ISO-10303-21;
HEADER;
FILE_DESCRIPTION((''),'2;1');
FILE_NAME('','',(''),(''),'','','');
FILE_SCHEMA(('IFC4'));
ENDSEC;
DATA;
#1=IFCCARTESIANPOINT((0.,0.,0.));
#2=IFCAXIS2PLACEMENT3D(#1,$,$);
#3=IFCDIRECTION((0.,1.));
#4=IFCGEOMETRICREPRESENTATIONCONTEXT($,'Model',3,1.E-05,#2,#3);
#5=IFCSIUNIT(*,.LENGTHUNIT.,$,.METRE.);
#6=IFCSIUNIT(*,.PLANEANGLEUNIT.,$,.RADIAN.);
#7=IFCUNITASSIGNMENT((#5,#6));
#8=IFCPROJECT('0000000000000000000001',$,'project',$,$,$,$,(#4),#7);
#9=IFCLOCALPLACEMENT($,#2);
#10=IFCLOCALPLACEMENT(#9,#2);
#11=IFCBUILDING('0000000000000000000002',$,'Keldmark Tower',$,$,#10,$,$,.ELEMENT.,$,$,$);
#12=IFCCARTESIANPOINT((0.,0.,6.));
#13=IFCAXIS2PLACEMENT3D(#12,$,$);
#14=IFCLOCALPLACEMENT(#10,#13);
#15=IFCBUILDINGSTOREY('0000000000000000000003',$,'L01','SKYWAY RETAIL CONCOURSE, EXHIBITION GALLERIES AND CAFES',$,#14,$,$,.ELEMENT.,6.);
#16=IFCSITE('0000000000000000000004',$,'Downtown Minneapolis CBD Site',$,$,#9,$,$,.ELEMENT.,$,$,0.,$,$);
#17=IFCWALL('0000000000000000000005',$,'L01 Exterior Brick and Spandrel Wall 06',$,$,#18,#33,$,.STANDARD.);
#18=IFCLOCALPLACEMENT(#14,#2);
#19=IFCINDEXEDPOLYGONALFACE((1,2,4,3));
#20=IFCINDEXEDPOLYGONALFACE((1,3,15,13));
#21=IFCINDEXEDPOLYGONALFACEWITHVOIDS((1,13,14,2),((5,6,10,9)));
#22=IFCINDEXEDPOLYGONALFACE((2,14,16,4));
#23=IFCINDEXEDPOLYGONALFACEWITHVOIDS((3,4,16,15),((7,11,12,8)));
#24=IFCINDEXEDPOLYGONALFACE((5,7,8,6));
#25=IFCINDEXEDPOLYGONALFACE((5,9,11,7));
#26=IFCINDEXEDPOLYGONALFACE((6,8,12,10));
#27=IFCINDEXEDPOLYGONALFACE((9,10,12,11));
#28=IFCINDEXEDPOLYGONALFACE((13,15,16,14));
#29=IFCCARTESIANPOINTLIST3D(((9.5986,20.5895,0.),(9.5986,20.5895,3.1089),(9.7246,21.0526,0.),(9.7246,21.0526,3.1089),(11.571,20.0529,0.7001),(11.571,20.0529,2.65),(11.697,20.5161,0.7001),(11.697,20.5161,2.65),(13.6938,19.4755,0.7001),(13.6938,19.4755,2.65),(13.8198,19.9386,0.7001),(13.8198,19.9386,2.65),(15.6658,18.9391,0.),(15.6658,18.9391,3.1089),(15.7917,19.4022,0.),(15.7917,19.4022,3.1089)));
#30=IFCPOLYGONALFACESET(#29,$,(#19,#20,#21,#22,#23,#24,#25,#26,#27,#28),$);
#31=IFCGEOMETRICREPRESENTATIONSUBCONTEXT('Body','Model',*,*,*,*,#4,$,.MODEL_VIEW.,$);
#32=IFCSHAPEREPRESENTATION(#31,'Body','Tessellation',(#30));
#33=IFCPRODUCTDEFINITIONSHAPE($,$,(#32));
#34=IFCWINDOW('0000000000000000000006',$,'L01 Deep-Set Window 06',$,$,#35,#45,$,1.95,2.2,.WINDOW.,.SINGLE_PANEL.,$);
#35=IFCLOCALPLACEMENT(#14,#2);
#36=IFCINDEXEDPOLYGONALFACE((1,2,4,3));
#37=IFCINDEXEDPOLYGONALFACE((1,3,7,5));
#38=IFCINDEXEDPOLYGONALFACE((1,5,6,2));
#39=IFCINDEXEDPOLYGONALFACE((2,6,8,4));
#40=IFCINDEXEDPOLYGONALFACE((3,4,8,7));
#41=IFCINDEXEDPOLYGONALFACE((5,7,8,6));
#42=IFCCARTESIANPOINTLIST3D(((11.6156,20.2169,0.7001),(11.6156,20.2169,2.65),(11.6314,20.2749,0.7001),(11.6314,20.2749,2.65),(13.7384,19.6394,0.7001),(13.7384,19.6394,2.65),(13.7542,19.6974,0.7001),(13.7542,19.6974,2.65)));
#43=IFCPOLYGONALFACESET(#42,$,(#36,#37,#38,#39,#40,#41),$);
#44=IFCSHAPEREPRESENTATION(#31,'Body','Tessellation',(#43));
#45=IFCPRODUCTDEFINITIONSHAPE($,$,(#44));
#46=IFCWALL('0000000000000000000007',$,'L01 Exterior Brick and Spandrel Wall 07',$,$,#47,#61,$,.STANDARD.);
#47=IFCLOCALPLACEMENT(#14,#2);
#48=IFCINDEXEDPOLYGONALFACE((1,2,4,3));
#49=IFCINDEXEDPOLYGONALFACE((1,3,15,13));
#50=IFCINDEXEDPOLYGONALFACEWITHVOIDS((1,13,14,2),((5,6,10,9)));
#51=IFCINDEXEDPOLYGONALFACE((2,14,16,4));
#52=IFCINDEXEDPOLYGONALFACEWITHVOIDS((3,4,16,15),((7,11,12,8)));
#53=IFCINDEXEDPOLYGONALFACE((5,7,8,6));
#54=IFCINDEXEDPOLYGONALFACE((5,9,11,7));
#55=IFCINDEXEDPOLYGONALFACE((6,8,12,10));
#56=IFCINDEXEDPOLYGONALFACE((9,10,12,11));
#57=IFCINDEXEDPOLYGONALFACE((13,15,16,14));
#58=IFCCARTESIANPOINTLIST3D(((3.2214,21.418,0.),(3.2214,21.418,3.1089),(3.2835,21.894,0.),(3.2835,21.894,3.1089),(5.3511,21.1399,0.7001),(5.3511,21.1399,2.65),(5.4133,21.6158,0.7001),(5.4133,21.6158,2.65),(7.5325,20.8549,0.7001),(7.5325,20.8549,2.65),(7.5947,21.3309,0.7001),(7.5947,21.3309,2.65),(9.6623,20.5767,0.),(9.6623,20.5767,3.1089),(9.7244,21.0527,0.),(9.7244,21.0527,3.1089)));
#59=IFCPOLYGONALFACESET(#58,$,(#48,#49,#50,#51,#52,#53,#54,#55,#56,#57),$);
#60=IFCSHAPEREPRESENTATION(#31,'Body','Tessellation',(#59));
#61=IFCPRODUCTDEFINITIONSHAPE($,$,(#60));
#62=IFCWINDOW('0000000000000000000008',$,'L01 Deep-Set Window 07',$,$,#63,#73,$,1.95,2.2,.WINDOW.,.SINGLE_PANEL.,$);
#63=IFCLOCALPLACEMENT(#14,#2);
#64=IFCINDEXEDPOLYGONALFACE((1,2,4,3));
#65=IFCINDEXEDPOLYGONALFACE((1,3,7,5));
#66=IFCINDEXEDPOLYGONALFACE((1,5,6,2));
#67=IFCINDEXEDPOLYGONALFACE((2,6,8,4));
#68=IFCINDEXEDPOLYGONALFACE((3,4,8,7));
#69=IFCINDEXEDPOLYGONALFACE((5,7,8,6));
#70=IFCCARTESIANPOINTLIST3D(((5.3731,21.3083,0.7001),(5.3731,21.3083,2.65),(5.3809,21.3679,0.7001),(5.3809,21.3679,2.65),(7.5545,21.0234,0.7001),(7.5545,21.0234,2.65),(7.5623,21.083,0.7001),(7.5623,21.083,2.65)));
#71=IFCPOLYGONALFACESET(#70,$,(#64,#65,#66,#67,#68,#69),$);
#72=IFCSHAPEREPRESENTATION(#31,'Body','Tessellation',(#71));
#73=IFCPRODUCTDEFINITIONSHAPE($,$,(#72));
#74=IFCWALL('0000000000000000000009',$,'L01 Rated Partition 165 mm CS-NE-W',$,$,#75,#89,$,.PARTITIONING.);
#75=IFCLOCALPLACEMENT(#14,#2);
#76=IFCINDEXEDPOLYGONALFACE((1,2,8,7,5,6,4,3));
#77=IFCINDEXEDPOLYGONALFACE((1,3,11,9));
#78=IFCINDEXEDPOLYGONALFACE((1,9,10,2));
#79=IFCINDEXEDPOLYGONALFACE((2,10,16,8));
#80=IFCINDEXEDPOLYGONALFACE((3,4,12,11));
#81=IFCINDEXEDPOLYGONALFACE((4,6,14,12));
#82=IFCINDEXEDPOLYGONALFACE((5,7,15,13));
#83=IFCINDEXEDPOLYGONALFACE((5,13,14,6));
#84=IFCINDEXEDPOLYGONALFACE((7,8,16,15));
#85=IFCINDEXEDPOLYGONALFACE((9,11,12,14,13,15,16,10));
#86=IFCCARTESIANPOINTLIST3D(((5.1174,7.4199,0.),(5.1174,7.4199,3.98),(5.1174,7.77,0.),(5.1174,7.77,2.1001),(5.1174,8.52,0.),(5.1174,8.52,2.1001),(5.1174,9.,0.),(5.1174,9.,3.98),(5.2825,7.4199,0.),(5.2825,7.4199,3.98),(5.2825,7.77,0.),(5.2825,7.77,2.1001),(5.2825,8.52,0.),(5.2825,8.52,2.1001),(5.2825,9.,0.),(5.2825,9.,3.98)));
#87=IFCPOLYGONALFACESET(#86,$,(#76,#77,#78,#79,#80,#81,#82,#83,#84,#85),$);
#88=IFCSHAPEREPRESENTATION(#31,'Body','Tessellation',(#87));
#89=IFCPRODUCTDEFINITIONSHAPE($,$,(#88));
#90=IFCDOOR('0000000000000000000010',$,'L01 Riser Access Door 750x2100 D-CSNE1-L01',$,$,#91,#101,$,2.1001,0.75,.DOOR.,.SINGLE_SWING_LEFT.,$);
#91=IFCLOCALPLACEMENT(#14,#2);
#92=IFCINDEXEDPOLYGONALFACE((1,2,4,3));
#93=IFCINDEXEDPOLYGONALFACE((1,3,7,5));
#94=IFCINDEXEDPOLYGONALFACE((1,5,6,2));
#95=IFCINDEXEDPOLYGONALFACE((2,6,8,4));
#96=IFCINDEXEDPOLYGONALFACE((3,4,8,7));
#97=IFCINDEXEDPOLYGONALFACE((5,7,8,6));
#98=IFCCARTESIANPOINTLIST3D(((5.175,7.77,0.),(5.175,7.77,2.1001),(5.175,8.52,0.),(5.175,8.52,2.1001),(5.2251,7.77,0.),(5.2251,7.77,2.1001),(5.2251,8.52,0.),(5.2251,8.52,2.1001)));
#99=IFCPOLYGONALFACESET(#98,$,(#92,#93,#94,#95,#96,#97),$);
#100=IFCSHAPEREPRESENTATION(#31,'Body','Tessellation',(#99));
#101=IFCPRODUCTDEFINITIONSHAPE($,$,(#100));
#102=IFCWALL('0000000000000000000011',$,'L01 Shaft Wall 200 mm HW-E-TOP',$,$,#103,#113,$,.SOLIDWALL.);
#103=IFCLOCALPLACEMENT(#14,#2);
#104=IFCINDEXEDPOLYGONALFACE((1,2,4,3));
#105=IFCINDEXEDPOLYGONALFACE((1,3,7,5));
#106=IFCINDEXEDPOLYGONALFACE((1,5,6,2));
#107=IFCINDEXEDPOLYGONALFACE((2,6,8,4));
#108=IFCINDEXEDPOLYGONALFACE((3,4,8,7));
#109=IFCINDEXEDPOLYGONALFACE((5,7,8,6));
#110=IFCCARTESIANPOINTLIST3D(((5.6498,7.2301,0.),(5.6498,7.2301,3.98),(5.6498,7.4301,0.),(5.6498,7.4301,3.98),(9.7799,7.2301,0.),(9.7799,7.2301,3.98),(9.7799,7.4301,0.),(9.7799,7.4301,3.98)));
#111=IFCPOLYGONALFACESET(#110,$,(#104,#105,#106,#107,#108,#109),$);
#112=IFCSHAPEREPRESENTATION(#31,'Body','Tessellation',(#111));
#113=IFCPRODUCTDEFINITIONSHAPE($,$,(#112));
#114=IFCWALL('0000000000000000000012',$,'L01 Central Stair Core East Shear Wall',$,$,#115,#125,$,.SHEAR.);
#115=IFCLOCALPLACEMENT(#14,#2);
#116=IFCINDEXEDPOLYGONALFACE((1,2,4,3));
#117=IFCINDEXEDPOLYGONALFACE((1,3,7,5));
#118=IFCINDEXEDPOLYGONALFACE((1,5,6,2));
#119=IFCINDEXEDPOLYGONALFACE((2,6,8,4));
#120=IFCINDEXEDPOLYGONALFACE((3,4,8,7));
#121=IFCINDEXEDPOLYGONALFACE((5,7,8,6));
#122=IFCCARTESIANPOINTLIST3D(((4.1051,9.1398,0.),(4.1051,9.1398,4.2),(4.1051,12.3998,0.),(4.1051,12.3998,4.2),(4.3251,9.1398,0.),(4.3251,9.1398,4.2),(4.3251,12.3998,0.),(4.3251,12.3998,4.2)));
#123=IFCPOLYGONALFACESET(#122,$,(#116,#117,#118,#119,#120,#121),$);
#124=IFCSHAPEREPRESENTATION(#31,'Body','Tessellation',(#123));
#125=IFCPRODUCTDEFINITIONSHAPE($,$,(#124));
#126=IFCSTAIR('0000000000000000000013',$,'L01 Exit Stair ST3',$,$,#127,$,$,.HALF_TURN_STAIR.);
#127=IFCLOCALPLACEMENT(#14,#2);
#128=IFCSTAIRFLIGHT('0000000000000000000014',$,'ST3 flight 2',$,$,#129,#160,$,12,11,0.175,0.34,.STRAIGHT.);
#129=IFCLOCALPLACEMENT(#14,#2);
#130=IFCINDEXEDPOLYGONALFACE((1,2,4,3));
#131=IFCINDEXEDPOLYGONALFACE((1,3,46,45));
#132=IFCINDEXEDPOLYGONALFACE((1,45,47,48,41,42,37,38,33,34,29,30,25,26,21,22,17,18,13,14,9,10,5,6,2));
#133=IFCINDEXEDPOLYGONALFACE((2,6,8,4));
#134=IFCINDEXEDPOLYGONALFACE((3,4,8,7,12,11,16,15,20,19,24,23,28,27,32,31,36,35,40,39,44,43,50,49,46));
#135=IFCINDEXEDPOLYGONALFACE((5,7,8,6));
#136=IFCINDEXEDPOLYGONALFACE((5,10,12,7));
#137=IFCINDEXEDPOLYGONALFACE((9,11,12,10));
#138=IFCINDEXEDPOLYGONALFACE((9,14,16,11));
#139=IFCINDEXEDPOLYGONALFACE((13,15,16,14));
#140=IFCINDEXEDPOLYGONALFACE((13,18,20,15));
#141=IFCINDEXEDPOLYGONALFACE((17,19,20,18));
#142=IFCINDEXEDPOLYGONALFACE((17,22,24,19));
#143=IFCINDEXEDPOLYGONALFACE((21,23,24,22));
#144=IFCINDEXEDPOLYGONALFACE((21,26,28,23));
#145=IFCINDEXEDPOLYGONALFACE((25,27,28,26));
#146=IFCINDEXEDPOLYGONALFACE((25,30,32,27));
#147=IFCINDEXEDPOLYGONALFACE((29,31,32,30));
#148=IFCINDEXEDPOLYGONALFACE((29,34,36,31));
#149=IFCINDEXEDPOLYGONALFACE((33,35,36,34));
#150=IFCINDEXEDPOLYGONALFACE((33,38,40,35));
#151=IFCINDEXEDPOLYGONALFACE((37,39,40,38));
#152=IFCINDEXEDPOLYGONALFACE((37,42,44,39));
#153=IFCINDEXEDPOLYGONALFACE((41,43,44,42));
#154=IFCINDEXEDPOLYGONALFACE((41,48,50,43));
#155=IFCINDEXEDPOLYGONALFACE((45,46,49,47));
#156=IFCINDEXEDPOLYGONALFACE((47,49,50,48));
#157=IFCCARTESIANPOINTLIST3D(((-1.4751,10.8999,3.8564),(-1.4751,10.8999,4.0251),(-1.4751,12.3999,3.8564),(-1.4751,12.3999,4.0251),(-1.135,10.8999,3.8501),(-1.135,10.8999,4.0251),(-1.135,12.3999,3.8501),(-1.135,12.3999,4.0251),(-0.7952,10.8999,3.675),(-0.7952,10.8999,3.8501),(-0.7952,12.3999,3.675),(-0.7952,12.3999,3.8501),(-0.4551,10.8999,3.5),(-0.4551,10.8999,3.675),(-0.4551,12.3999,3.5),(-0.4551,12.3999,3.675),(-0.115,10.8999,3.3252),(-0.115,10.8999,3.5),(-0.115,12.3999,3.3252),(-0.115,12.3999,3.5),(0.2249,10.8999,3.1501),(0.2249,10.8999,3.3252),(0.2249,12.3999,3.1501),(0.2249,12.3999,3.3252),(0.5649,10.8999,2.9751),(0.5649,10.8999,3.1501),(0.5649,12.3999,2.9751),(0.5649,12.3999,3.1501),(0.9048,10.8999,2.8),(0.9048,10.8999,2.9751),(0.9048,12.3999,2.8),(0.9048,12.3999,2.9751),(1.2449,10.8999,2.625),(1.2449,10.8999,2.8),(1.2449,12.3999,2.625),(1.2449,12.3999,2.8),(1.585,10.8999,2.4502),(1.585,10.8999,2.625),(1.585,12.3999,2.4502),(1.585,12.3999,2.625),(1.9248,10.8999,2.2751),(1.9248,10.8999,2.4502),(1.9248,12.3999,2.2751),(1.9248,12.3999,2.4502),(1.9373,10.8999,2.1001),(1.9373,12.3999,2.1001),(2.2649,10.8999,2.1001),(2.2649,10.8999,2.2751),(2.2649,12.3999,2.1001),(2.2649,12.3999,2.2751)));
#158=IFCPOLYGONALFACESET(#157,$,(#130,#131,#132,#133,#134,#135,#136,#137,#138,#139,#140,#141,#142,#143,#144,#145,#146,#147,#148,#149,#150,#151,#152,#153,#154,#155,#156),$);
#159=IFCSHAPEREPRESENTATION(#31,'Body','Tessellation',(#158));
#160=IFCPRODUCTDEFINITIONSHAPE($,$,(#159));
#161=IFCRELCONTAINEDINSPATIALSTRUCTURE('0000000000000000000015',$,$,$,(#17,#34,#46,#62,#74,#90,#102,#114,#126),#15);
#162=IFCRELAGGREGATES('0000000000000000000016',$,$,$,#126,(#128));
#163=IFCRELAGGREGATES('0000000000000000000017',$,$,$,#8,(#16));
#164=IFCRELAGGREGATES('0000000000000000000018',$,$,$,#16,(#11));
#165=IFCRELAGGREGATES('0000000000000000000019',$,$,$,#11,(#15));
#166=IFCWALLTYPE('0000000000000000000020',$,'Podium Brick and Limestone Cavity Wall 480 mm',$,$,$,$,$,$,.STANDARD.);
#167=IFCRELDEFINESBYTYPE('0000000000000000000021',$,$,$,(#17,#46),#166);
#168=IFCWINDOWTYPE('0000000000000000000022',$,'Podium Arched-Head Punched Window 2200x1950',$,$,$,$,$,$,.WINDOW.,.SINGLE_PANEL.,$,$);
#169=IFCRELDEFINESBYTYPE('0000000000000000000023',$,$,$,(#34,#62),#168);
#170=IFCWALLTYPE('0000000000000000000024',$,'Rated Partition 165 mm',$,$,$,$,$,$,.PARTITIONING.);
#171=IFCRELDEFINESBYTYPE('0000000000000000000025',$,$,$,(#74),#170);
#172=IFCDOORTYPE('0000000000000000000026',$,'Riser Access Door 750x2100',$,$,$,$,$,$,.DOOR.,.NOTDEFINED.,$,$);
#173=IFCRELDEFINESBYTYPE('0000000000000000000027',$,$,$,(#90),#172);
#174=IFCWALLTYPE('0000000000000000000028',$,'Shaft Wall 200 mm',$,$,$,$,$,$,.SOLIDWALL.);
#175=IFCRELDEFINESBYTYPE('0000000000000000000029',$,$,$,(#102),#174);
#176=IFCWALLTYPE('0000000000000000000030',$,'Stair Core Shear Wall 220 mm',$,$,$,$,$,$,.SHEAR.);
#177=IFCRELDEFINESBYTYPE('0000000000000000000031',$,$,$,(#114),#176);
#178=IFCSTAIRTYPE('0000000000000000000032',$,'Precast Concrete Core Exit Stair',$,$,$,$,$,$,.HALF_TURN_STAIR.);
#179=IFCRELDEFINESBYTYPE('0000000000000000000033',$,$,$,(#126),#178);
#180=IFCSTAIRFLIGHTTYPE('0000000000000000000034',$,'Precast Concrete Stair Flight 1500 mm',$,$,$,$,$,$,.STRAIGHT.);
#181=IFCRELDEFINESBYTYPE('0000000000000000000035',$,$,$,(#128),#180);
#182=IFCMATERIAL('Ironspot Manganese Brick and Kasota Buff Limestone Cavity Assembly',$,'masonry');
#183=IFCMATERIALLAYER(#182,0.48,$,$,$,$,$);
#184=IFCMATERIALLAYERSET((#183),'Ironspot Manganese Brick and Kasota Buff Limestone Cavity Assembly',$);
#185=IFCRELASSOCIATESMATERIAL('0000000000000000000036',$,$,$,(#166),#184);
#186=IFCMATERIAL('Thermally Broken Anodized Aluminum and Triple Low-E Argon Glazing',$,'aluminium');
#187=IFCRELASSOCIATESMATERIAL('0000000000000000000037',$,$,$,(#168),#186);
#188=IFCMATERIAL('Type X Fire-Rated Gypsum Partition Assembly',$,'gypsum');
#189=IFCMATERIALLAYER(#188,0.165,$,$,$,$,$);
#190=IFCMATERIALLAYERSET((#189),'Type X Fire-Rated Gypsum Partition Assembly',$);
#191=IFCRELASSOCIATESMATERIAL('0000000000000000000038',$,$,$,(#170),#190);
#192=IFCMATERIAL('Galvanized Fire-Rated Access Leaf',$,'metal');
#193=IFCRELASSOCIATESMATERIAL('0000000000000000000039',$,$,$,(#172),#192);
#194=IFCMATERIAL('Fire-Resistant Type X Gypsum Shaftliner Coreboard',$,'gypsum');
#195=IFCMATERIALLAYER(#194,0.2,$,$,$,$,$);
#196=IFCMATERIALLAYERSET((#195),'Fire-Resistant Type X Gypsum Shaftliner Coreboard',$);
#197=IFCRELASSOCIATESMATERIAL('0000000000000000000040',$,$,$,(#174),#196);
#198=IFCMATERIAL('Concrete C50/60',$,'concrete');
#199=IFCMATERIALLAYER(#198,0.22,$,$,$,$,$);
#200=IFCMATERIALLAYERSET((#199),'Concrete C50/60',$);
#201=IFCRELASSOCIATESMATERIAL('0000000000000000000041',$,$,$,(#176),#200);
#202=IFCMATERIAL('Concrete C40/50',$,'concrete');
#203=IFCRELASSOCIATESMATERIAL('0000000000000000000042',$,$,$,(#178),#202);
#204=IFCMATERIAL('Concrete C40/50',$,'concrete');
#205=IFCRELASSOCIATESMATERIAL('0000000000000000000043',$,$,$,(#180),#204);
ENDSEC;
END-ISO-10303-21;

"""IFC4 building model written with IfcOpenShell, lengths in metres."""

from ifc_helpers import new_model, si_unit, direction, frame, frame_2d, origin, place, context, subcontext, project, spatial, polyline, rectangle, outline, extrude, material, layer, layer_set, type_object, element, fill, aggregate, save


model = new_model("IFC4")

# Units and contexts
model_context = context("Model", 3, precision=1e-05, world=origin(), true_north=direction((0.0, 1.0)))
body_context = subcontext(model_context, "Body", "Model", "MODEL_VIEW")
ifc_project = project(units=[si_unit("LENGTHUNIT", "METRE"), si_unit("PLANEANGLEUNIT", "RADIAN")], contexts=[model_context])

# Site, building, storey
site_placement = place(None, origin())
site = spatial("IfcSite", under=ifc_project, at=site_placement, Name="Downtown Minneapolis CBD Site", CompositionType="ELEMENT", RefElevation=0.0)
building_placement = place(site_placement, origin())
building = spatial("IfcBuilding", under=site, at=building_placement, Name="Keldmark Tower", CompositionType="ELEMENT")
storey_placement = place(building_placement, frame((0.0, 0.0, 6.0)))
storey = spatial("IfcBuildingStorey", under=building, at=storey_placement, Name="L01", Description="SKYWAY RETAIL CONCOURSE, EXHIBITION GALLERIES AND CAFES", CompositionType="ELEMENT", Elevation=6.0)

# Walls, openings, windows
ifc_material_1 = material(Name="Ironspot Manganese Brick and Kasota Buff Limestone Cavity Assembly", Category="masonry")
ifc_layer_1 = layer(ifc_material_1, 0.48)
ifc_layer_set_1 = layer_set([ifc_layer_1], Name="Ironspot Manganese Brick and Kasota Buff Limestone Cavity Assembly")
wall_type_1 = type_object("IfcWallType", Name="Podium Brick and Limestone Cavity Wall 480 mm", PredefinedType="STANDARD", material=ifc_layer_set_1)
wall_1_placement = place(storey_placement, frame((9.6616, 20.821, 0.0), z_axis=(0.0, 0.0, 1.0), x_axis=(0.964937, -0.262483, 0.0)))
wall_1 = element("IfcWall", 1, at=wall_1_placement, inside=storey, type_object=wall_type_1, Name="L01 Exterior Brick and Spandrel Wall 06", PredefinedType="STANDARD", context=body_context, shape_type="SweptSolid", body=[
    extrude(rectangle(XDim=6.2876, YDim=0.48, at=frame_2d((3.1438, 0.0))), origin(), (0.0, 0.0, 1.0), 3.1089),
])
opening_1_placement = place(wall_1_placement, frame((2.0439, 0.0, 0.7)))
opening_1 = element("IfcOpeningElement", 2, at=opening_1_placement, cuts=wall_1, PredefinedType="OPENING", context=body_context, shape_type="SweptSolid", body=[
    extrude(rectangle(XDim=2.2, YDim=1.95, at=frame_2d((1.1001, 0.9751))), frame((0.0, 0.25, 0.0), z_axis=(0.0, -1.0, 0.0), x_axis=(1.0, 0.0, 0.0)), (0.0, 0.0, 1.0), 0.5),
])
ifc_material_2 = material(Name="Thermally Broken Anodized Aluminum and Triple Low-E Argon Glazing", Category="aluminium")
window_type = type_object("IfcWindowType", Name="Podium Arched-Head Punched Window 2200x1950", PartitioningType="SINGLE_PANEL", PredefinedType="WINDOW", material=ifc_material_2)
window_1_placement = place(opening_1_placement, origin())
window_1 = element("IfcWindow", 3, at=window_1_placement, inside=storey, type_object=window_type, Name="L01 Deep-Set Window 06", OverallHeight=1.95, OverallWidth=2.2, PartitioningType="SINGLE_PANEL", PredefinedType="WINDOW", context=body_context, shape_type="SweptSolid", body=[
    extrude(rectangle(XDim=2.2, YDim=1.95, at=frame_2d((1.1001, 0.9751))), frame((0.0, -0.01, 0.0), z_axis=(0.0, -1.0, 0.0), x_axis=(1.0, 0.0, 0.0)), (0.0, 0.0, 1.0), 0.0601),
])
fill(opening_1, window_1)
wall_2_placement = place(storey_placement, frame((3.2524, 21.656, 0.0), z_axis=(0.0, 0.0, 1.0), x_axis=(0.991577, -0.129519, 0.0)))
wall_2 = element("IfcWall", 4, at=wall_2_placement, inside=storey, type_object=wall_type_1, Name="L01 Exterior Brick and Spandrel Wall 07", PredefinedType="STANDARD", context=body_context, shape_type="SweptSolid", body=[
    extrude(rectangle(XDim=6.4956, YDim=0.48, at=frame_2d((3.2478, 0.0))), origin(), (0.0, 0.0, 1.0), 3.1089),
])
opening_2_placement = place(wall_2_placement, frame((2.1477, 0.0, 0.7)))
opening_2 = element("IfcOpeningElement", 5, at=opening_2_placement, cuts=wall_2, PredefinedType="OPENING", context=body_context, shape_type="SweptSolid", body=[
    extrude(rectangle(XDim=2.2, YDim=1.95, at=frame_2d((1.1001, 0.9751))), frame((0.0, 0.25, 0.0), z_axis=(0.0, -1.0, 0.0), x_axis=(1.0, 0.0, 0.0)), (0.0, 0.0, 1.0), 0.5),
])
window_2_placement = place(opening_2_placement, origin())
window_2 = element("IfcWindow", 6, at=window_2_placement, inside=storey, type_object=window_type, Name="L01 Deep-Set Window 07", OverallHeight=1.95, OverallWidth=2.2, PartitioningType="SINGLE_PANEL", PredefinedType="WINDOW", context=body_context, shape_type="SweptSolid", body=[
    extrude(rectangle(XDim=2.2, YDim=1.95, at=frame_2d((1.1001, 0.9751))), frame((0.0, -0.01, 0.0), z_axis=(0.0, -1.0, 0.0), x_axis=(1.0, 0.0, 0.0)), (0.0, 0.0, 1.0), 0.0601),
])
fill(opening_2, window_2)

# Wall, opening, door
ifc_material_3 = material(Name="Type X Fire-Rated Gypsum Partition Assembly", Category="gypsum")
ifc_layer_2 = layer(ifc_material_3, 0.165)
ifc_layer_set_2 = layer_set([ifc_layer_2], Name="Type X Fire-Rated Gypsum Partition Assembly")
wall_type_2 = type_object("IfcWallType", Name="Rated Partition 165 mm", PredefinedType="PARTITIONING", material=ifc_layer_set_2)
wall_3_placement = place(storey_placement, frame((5.2, 7.4199, 0.0), z_axis=(0.0, 0.0, 1.0), x_axis=(0.0, 1.0, 0.0)))
wall_3 = element("IfcWall", 7, at=wall_3_placement, inside=storey, type_object=wall_type_2, Name="L01 Rated Partition 165 mm CS-NE-W", PredefinedType="PARTITIONING", context=body_context, shape_type="SweptSolid", body=[
    extrude(rectangle(XDim=1.5801, YDim=0.165, at=frame_2d((0.79, 0.0))), origin(), (0.0, 0.0, 1.0), 3.98),
])
opening_3_placement = place(wall_3_placement, frame((0.3501, 0.0, 0.0)))
opening_3 = element("IfcOpeningElement", 8, at=opening_3_placement, cuts=wall_3, PredefinedType="OPENING", context=body_context, shape_type="SweptSolid", body=[
    extrude(rectangle(XDim=0.75, YDim=2.1001, at=frame_2d((0.375, 1.05))), frame((0.0, 0.0925, 0.0), z_axis=(0.0, -1.0, 0.0), x_axis=(1.0, 0.0, 0.0)), (0.0, 0.0, 1.0), 0.1851),
])
ifc_material_4 = material(Name="Galvanized Fire-Rated Access Leaf", Category="metal")
door_type = type_object("IfcDoorType", Name="Riser Access Door 750x2100", OperationType="NOTDEFINED", PredefinedType="DOOR", material=ifc_material_4)
door_placement = place(opening_3_placement, origin())
door = element("IfcDoor", 9, at=door_placement, inside=storey, type_object=door_type, Name="L01 Riser Access Door 750x2100 D-CSNE1-L01", OperationType="SINGLE_SWING_LEFT", OverallHeight=2.1001, OverallWidth=0.75, PredefinedType="DOOR", context=body_context, shape_type="SweptSolid", body=[
    extrude(rectangle(XDim=0.75, YDim=2.1001, at=frame_2d((0.375, 1.05))), frame((0.0, 0.0249, 0.0), z_axis=(0.0, -1.0, 0.0), x_axis=(1.0, 0.0, 0.0)), (0.0, 0.0, 1.0), 0.05),
])
fill(opening_3, door)

# Walls
ifc_material_5 = material(Name="Fire-Resistant Type X Gypsum Shaftliner Coreboard", Category="gypsum")
ifc_layer_3 = layer(ifc_material_5, 0.2)
ifc_layer_set_3 = layer_set([ifc_layer_3], Name="Fire-Resistant Type X Gypsum Shaftliner Coreboard")
wall_type_3 = type_object("IfcWallType", Name="Shaft Wall 200 mm", PredefinedType="SOLIDWALL", material=ifc_layer_set_3)
wall_4_placement = place(storey_placement, frame((5.6499, 7.3301, 0.0), z_axis=(0.0, 0.0, 1.0), x_axis=(1.0, 0.0, 0.0)))
element("IfcWall", 10, at=wall_4_placement, inside=storey, type_object=wall_type_3, Name="L01 Shaft Wall 200 mm HW-E-TOP", PredefinedType="SOLIDWALL", context=body_context, shape_type="SweptSolid", body=[
    extrude(rectangle(XDim=4.1301, YDim=0.2, at=frame_2d((2.0649, 0.0))), origin(), (0.0, 0.0, 1.0), 3.98),
])
ifc_material_6 = material(Name="Concrete C50/60", Category="concrete")
ifc_layer_4 = layer(ifc_material_6, 0.22)
ifc_layer_set_4 = layer_set([ifc_layer_4], Name="Concrete C50/60")
wall_type_4 = type_object("IfcWallType", Name="Stair Core Shear Wall 220 mm", PredefinedType="SHEAR", material=ifc_layer_set_4)
wall_5_placement = place(storey_placement, frame((4.2151, 9.1399, 0.0), z_axis=(0.0, 0.0, 1.0), x_axis=(0.0, 1.0, 0.0)))
element("IfcWall", 11, at=wall_5_placement, inside=storey, type_object=wall_type_4, Name="L01 Central Stair Core East Shear Wall", PredefinedType="SHEAR", context=body_context, shape_type="SweptSolid", body=[
    extrude(rectangle(XDim=3.26, YDim=0.22, at=frame_2d((1.6299, 0.0))), origin(), (0.0, 0.0, 1.0), 4.2),
])

# Stair, stair flight
ifc_material_7 = material(Name="Concrete C40/50", Category="concrete")
stair_type = type_object("IfcStairType", Name="Precast Concrete Core Exit Stair", PredefinedType="HALF_TURN_STAIR", material=ifc_material_7)
stair_placement = place(storey_placement, origin())
stair = element("IfcStair", 12, at=stair_placement, inside=storey, type_object=stair_type, Name="L01 Exit Stair ST3", PredefinedType="HALF_TURN_STAIR")
ifc_material_8 = material(Name="Concrete C40/50", Category="concrete")
stair_flight_type = type_object("IfcStairFlightType", Name="Precast Concrete Stair Flight 1500 mm", PredefinedType="STRAIGHT", material=ifc_material_8)
stair_flight_placement = place(storey_placement, frame((2.2649, 11.6499, 2.1001), z_axis=(0.0, 0.0, 1.0), x_axis=(-1.0, 0.0, 0.0)))
stair_flight = element("IfcStairFlight", 13, at=stair_flight_placement, type_object=stair_flight_type, Name="ST3 flight 2", NumberOfRisers=12, NumberOfTreads=11, PredefinedType="STRAIGHT", RiserHeight=0.175, TreadLength=0.34, context=body_context, shape_type="SweptSolid", body=[
    extrude(outline(polyline([(0.0, 0.0), (0.0, 0.175), (0.3401, 0.175), (0.3401, 0.3501), (0.6799, 0.3501), (0.6799, 0.5249), (1.02, 0.5249), (1.02, 0.7), (1.3601, 0.7), (1.3601, 0.875), (1.7, 0.875), (1.7, 1.05), (2.04, 1.05), (2.04, 1.2251), (2.3799, 1.2251), (2.3799, 1.3999), (2.72, 1.3999), (2.72, 1.575), (3.0601, 1.575), (3.0601, 1.75), (3.3999, 1.75), (3.3999, 1.925), (3.74, 1.925), (3.74, 2.1001), (3.74, 1.7563), (0.3276, 0.0), (0.0, 0.0)])), frame((0.0, 0.75, 0.0), z_axis=(0.0, -1.0, 0.0), x_axis=(1.0, 0.0, 0.0)), (0.0, 0.0, 1.0), 1.5),
])
aggregate(stair, [stair_flight])

save(model, "model.ifc")
